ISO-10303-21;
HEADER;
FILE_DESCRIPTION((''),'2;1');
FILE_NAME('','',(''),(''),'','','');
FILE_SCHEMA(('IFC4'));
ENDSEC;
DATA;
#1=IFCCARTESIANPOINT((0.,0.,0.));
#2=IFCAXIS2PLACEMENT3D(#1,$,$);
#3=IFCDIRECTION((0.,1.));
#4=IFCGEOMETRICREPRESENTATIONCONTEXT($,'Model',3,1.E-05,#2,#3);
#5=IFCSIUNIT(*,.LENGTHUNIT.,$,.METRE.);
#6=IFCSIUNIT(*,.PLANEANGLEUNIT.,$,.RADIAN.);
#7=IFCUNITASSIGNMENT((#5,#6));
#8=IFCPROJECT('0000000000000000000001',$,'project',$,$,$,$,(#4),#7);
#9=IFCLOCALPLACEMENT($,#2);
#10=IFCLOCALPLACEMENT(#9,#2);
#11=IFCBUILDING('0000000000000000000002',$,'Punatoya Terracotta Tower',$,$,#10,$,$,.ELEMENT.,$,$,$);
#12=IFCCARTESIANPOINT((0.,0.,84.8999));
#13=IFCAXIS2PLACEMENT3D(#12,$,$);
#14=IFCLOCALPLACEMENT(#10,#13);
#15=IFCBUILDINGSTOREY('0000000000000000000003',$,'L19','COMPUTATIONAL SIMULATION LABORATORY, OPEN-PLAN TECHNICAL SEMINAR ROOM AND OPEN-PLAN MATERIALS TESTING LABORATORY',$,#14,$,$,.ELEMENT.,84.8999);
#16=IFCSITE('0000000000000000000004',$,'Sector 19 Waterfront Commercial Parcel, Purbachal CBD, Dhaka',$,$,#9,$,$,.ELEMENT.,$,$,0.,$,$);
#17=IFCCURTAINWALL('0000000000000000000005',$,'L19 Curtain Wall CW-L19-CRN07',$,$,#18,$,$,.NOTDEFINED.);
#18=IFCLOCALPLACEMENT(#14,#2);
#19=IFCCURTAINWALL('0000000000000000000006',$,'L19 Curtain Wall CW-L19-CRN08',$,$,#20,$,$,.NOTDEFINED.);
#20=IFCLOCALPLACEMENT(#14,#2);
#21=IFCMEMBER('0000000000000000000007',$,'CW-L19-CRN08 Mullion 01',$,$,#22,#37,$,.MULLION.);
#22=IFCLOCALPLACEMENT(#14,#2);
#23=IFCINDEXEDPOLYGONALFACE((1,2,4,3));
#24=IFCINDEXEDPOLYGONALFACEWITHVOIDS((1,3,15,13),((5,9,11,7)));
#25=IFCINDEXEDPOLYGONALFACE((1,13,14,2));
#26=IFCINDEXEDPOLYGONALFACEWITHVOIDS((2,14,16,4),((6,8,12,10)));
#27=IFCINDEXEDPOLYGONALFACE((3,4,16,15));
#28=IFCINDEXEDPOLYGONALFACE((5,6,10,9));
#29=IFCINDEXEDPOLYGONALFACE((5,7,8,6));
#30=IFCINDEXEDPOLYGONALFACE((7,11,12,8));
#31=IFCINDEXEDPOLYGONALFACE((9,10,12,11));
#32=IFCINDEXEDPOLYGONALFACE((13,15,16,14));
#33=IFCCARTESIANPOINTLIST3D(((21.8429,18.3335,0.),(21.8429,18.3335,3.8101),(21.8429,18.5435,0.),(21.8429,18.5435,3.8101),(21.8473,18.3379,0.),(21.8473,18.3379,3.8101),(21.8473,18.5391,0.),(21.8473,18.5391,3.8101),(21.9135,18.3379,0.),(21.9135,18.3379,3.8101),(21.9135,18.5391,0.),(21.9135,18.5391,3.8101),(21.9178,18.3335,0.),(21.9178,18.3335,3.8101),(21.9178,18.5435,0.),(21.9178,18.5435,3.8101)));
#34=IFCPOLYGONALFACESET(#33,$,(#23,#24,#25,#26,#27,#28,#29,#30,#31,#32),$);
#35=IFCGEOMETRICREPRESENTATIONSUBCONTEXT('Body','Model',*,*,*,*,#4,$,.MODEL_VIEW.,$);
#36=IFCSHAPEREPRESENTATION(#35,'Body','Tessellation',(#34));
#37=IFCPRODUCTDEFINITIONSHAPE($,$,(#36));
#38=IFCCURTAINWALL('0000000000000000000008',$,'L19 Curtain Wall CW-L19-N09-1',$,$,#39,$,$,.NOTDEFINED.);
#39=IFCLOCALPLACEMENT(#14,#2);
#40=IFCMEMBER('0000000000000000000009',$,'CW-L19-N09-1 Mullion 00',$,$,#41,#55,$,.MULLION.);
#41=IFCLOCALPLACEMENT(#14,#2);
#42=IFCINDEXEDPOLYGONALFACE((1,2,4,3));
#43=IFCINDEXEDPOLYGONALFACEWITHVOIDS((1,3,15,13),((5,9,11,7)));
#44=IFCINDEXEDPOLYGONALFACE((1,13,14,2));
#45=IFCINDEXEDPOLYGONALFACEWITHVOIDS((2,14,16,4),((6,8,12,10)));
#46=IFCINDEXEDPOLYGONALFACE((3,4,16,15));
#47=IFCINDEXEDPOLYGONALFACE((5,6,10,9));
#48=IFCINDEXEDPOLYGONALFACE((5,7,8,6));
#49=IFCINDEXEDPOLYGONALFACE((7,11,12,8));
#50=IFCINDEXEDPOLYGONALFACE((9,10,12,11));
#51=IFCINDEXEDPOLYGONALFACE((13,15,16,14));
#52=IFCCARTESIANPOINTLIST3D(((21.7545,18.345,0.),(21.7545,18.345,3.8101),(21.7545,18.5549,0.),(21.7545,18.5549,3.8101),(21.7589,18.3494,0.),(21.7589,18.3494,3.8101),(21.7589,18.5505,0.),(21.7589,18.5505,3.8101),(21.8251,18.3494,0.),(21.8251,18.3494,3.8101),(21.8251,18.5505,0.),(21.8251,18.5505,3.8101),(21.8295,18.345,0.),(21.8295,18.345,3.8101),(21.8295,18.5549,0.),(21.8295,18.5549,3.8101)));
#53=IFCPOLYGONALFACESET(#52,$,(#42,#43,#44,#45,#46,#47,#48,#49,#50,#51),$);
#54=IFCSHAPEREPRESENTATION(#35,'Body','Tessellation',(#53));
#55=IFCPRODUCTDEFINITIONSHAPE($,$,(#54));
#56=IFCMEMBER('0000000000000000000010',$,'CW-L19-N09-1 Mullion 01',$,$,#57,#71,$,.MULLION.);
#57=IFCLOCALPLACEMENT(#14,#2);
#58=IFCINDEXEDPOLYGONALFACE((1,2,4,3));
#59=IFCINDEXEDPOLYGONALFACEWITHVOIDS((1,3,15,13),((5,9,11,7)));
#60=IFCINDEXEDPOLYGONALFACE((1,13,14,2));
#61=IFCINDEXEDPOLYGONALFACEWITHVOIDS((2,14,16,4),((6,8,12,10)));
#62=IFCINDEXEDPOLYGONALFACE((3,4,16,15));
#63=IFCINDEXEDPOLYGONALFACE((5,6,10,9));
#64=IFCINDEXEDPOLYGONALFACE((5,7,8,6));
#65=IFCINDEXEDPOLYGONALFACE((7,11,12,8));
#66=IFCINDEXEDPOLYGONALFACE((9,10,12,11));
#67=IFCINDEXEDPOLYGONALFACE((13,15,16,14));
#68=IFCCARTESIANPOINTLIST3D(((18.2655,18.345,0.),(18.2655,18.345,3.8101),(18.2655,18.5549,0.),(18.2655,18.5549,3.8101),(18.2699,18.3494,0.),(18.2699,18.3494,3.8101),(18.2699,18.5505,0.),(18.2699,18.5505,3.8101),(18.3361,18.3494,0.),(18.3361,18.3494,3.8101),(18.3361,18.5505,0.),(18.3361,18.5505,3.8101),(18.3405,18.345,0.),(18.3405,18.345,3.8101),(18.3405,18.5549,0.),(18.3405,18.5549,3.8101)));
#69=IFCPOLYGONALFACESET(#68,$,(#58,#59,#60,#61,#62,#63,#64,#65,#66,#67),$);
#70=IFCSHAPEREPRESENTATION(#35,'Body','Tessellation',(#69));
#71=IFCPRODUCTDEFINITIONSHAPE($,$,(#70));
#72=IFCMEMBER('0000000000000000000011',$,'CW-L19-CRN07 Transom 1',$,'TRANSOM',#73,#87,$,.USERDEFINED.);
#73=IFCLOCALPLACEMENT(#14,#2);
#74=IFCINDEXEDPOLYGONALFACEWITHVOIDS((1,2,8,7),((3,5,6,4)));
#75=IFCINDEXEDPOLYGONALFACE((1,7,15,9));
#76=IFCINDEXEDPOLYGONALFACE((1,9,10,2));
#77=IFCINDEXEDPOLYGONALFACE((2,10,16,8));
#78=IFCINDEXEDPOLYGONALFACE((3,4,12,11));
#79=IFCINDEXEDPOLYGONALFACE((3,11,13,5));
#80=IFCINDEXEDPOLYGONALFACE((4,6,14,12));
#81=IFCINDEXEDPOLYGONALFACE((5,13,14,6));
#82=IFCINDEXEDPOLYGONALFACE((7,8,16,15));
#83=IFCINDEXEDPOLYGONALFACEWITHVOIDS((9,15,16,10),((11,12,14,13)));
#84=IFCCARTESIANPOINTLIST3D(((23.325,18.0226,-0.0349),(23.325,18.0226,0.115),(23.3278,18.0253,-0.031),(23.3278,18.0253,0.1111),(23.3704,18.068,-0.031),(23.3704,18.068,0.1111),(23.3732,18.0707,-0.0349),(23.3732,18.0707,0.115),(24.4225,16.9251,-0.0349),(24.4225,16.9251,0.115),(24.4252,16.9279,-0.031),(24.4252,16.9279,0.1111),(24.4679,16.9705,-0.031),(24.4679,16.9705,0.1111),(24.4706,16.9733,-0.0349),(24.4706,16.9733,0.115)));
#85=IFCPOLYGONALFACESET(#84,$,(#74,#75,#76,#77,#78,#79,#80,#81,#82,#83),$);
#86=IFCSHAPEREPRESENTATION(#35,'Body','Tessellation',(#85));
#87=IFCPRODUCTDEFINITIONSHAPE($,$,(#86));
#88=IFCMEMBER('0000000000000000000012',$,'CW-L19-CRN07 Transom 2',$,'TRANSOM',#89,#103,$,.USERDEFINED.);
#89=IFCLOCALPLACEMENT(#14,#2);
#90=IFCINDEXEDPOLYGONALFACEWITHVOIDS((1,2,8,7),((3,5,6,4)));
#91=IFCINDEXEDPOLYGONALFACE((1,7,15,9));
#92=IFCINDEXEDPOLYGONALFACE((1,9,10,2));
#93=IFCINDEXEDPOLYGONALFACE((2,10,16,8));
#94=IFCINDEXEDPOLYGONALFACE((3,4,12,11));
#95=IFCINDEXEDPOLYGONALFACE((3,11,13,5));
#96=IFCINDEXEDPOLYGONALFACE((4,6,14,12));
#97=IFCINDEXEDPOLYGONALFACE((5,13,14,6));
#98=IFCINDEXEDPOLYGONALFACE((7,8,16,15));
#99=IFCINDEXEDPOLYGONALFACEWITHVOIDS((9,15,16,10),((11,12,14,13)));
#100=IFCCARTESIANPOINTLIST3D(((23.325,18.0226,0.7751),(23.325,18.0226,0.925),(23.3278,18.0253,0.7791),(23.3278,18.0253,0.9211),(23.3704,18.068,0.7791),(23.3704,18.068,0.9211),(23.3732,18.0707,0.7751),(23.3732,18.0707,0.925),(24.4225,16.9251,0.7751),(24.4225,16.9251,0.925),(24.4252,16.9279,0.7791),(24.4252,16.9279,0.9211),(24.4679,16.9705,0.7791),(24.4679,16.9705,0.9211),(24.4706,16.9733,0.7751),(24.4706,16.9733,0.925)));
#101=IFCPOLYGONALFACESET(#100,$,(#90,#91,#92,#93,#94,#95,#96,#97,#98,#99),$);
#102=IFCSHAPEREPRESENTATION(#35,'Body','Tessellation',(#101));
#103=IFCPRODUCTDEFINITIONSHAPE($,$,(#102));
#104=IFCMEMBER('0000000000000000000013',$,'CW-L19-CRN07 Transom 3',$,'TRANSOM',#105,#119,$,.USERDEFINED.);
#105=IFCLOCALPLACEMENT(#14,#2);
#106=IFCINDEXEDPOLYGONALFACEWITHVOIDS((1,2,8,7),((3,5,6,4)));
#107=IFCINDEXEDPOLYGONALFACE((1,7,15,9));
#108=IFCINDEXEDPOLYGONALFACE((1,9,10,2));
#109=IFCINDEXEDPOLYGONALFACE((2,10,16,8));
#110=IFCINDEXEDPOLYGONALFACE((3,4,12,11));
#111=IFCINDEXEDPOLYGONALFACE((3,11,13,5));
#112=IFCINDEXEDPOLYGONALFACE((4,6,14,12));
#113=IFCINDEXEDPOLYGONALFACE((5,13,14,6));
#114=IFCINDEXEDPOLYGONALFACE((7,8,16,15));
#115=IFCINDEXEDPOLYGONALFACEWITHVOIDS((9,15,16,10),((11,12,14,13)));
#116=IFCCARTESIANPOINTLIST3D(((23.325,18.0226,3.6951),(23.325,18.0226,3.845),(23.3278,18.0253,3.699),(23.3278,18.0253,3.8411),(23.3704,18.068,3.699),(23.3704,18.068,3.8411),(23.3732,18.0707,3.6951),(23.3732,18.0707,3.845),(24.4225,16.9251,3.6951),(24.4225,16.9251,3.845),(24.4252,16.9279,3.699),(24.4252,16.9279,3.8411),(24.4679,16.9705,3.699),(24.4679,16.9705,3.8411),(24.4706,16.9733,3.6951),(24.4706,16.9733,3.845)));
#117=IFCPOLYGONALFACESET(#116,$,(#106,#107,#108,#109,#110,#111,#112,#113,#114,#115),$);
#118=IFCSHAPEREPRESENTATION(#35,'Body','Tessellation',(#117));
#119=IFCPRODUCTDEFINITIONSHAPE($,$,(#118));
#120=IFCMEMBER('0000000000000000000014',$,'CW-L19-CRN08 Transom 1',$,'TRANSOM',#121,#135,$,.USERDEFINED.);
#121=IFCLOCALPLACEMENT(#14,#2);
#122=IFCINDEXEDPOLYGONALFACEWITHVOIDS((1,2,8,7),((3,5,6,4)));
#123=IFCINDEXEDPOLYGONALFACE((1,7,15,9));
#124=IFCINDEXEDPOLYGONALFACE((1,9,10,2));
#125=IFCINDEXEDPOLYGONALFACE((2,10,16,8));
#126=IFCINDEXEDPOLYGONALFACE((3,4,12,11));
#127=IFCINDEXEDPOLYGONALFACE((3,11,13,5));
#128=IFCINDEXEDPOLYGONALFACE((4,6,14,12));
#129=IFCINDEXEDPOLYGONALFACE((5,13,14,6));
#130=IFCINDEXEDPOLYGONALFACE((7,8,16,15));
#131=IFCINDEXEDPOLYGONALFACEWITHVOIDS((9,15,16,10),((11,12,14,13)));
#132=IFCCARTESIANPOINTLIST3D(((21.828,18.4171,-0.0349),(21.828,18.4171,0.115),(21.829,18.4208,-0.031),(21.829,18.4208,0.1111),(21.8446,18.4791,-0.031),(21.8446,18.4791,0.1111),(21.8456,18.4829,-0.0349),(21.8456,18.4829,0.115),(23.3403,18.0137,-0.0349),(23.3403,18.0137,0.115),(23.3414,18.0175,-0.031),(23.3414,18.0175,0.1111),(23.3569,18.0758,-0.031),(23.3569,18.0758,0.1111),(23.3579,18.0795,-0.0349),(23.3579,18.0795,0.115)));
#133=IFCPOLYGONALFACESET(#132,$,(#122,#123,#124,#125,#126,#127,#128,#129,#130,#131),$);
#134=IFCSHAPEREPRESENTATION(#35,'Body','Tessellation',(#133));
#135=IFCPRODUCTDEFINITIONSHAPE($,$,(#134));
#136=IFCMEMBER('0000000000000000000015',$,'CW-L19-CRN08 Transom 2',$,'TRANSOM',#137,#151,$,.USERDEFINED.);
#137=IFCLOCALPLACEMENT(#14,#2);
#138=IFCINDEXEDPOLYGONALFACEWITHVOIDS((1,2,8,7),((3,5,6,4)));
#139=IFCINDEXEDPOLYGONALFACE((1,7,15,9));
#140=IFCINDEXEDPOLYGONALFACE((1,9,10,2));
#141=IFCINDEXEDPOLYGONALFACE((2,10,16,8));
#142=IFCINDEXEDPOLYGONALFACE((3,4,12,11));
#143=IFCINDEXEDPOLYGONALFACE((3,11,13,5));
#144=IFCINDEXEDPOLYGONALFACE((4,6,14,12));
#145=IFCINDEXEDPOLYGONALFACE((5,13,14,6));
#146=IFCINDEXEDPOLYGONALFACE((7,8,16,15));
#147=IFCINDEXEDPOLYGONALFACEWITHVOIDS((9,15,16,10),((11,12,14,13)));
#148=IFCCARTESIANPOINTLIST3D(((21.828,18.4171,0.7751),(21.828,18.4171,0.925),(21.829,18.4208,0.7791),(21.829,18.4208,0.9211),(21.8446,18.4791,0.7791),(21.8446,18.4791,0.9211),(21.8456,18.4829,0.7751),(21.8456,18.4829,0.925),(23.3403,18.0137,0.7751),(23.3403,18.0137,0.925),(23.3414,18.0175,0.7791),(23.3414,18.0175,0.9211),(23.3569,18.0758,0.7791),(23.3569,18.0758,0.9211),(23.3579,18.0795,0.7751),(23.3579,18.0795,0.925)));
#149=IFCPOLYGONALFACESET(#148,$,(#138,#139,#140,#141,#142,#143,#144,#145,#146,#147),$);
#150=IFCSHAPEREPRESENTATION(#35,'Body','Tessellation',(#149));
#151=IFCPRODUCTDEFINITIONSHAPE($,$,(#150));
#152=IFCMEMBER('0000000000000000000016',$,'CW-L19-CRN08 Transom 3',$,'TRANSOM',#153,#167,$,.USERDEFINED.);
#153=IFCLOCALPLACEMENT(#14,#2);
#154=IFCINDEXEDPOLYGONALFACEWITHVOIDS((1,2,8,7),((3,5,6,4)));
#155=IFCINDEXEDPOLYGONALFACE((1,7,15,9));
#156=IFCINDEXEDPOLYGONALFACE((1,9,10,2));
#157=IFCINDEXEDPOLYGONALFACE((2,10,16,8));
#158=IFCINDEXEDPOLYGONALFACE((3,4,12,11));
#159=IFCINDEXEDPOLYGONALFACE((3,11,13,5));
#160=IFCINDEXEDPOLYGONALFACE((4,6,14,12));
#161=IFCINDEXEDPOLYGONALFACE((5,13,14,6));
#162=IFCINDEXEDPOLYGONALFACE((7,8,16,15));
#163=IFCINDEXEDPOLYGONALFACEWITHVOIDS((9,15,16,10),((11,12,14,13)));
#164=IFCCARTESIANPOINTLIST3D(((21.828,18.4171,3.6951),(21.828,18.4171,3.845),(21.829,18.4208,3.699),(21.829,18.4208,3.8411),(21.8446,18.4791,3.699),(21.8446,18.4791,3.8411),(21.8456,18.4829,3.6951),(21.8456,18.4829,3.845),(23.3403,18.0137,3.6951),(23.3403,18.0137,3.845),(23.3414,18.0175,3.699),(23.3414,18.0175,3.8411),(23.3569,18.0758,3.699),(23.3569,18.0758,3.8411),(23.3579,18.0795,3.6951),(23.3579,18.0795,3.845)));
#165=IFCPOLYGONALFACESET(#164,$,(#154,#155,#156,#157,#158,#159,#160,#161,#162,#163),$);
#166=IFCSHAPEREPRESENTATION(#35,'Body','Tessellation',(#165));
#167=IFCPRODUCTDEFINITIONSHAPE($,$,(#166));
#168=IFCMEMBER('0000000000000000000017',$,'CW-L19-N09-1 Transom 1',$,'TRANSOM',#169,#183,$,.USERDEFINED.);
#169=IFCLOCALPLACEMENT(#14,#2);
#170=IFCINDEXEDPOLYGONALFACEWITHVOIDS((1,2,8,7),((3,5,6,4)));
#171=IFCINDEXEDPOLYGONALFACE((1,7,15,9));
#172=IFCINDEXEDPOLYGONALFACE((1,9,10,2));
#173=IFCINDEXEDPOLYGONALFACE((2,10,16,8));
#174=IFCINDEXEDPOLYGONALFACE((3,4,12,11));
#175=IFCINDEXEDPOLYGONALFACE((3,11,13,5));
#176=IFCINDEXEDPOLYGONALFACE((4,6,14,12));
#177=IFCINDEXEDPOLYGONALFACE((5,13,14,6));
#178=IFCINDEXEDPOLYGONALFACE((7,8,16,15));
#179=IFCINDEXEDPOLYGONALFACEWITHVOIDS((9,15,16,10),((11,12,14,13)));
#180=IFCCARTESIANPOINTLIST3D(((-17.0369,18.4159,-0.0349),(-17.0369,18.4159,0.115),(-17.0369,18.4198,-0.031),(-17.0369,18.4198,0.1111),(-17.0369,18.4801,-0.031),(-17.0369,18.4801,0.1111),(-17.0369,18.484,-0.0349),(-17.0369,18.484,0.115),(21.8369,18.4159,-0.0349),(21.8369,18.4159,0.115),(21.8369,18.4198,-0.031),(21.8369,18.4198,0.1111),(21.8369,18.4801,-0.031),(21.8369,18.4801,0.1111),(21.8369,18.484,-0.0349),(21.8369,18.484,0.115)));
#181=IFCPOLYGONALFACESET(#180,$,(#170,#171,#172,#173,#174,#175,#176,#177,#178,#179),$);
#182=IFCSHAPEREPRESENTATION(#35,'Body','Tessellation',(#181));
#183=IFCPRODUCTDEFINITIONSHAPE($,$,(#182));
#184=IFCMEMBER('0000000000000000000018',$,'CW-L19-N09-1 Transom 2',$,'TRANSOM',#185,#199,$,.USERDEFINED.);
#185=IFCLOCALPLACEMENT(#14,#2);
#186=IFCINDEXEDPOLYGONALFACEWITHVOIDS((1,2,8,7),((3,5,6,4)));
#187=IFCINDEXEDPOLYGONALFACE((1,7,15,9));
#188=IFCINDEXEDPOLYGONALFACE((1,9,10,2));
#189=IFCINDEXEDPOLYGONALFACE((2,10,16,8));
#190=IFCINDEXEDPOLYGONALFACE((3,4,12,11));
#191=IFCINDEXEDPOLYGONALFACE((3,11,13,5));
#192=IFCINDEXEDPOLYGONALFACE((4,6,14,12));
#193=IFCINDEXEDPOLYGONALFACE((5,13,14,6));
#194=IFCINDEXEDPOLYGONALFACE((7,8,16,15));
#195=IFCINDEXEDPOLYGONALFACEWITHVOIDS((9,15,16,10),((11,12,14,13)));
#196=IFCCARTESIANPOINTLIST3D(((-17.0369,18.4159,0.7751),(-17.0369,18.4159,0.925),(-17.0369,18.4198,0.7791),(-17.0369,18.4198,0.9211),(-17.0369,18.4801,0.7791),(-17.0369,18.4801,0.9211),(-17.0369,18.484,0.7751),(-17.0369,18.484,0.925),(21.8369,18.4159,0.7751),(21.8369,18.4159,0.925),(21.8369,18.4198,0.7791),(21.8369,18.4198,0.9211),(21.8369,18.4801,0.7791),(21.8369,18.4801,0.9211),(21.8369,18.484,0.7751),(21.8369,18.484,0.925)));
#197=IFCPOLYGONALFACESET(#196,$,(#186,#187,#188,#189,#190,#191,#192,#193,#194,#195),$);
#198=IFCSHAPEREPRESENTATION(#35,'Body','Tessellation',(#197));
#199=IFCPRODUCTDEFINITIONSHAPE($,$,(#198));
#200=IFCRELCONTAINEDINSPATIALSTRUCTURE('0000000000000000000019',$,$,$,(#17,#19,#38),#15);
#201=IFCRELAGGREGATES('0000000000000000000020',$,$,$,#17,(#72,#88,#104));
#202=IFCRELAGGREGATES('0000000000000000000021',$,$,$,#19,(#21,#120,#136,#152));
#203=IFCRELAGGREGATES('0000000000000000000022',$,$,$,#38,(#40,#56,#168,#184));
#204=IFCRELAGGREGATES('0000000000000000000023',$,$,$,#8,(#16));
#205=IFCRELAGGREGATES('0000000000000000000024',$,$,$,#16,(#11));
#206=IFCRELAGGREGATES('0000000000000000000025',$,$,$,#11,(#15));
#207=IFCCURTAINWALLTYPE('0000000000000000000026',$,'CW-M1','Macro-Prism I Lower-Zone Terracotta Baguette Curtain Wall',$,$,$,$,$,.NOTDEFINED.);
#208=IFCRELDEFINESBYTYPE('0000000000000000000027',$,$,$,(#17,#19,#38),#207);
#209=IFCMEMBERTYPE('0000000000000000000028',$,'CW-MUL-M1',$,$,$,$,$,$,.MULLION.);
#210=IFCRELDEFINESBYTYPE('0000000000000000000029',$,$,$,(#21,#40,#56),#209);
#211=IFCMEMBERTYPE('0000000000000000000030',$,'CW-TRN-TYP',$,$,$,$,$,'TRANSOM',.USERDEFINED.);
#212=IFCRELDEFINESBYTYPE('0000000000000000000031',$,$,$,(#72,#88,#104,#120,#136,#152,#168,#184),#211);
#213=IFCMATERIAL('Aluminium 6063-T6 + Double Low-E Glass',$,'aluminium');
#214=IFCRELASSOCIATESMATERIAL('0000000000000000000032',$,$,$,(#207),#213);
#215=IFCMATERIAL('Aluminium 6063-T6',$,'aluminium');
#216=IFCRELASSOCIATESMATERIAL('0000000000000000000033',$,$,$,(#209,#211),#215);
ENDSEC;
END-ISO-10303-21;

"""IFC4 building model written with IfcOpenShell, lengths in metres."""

from ifc_helpers import new_model, si_unit, direction, frame, origin, origin_2d, place, context, subcontext, project, spatial, hollow_rectangle, extrude, material, material_profile, profile_set, type_object, element, aggregate, save


model = new_model("IFC4")

# Units and contexts
model_context = context("Model", 3, precision=1e-05, world=origin(), true_north=direction((0.0, 1.0)))
body_context = subcontext(model_context, "Body", "Model", "MODEL_VIEW")
ifc_project = project(units=[si_unit("LENGTHUNIT", "METRE"), si_unit("PLANEANGLEUNIT", "RADIAN")], contexts=[model_context])

# Site, building, storey
site_placement = place(None, origin())
site = spatial("IfcSite", under=ifc_project, at=site_placement, Name="Sector 19 Waterfront Commercial Parcel, Purbachal CBD, Dhaka", CompositionType="ELEMENT", RefElevation=0.0)
building_placement = place(site_placement, origin())
building = spatial("IfcBuilding", under=site, at=building_placement, Name="Punatoya Terracotta Tower", CompositionType="ELEMENT")
storey_placement = place(building_placement, frame((0.0, 0.0, 84.8999)))
storey = spatial("IfcBuildingStorey", under=building, at=storey_placement, Name="L19", Description="COMPUTATIONAL SIMULATION LABORATORY, OPEN-PLAN TECHNICAL SEMINAR ROOM AND OPEN-PLAN MATERIALS TESTING LABORATORY", CompositionType="ELEMENT", Elevation=84.8999)

# Shared definitions
ifc_material_1 = material(Name="Aluminium 6063-T6 + Double Low-E Glass", Category="aluminium")
curtain_wall_type = type_object("IfcCurtainWallType", Name="CW-M1", Description="Macro-Prism I Lower-Zone Terracotta Baguette Curtain Wall", PredefinedType="NOTDEFINED", material=ifc_material_1)
ifc_material_2 = material(Name="Aluminium 6063-T6", Category="aluminium")
ifc_material_profile_1 = material_profile(ifc_material_2, hollow_rectangle(XDim=0.075, YDim=0.21, WallThickness=0.0044, at=origin_2d()))
ifc_profile_set_1 = profile_set([ifc_material_profile_1], Name="Aluminium 6063-T6")
member_type_1 = type_object("IfcMemberType", Name="CW-MUL-M1", PredefinedType="MULLION", material=ifc_profile_set_1)

# Curtain walls, members
curtain_wall_1_placement = place(storey_placement, origin())
curtain_wall_1 = element("IfcCurtainWall", 1, at=curtain_wall_1_placement, inside=storey, type_object=curtain_wall_type, Name="L19 Curtain Wall CW-L19-CRN07", PredefinedType="NOTDEFINED")
curtain_wall_2_placement = place(storey_placement, origin())
curtain_wall_2 = element("IfcCurtainWall", 2, at=curtain_wall_2_placement, inside=storey, type_object=curtain_wall_type, Name="L19 Curtain Wall CW-L19-CRN08", PredefinedType="NOTDEFINED")
member_1_placement = place(storey_placement, frame((21.8804, 18.4385, 0.0), z_axis=(0.0, 0.0, 1.0), x_axis=(1.0, 0.0, 0.0)))
member_1 = element("IfcMember", 3, at=member_1_placement, type_object=member_type_1, Name="CW-L19-CRN08 Mullion 01", PredefinedType="MULLION", context=body_context, shape_type="SweptSolid", body=[
    extrude(hollow_rectangle(XDim=0.075, YDim=0.21, WallThickness=0.0044, at=origin_2d()), origin(), (0.0, 0.0, 1.0), 3.8101),
])
curtain_wall_3_placement = place(storey_placement, origin())
curtain_wall_3 = element("IfcCurtainWall", 4, at=curtain_wall_3_placement, inside=storey, type_object=curtain_wall_type, Name="L19 Curtain Wall CW-L19-N09-1", PredefinedType="NOTDEFINED")
member_2_placement = place(storey_placement, frame((21.792, 18.45, 0.0), z_axis=(0.0, 0.0, 1.0), x_axis=(1.0, 0.0, 0.0)))
member_2 = element("IfcMember", 5, at=member_2_placement, type_object=member_type_1, Name="CW-L19-N09-1 Mullion 00", PredefinedType="MULLION", context=body_context, shape_type="SweptSolid", body=[
    extrude(hollow_rectangle(XDim=0.075, YDim=0.21, WallThickness=0.0044, at=origin_2d()), origin(), (0.0, 0.0, 1.0), 3.8101),
])
member_3_placement = place(storey_placement, frame((18.303, 18.45, 0.0), z_axis=(0.0, 0.0, 1.0), x_axis=(1.0, 0.0, 0.0)))
member_3 = element("IfcMember", 6, at=member_3_placement, type_object=member_type_1, Name="CW-L19-N09-1 Mullion 01", PredefinedType="MULLION", context=body_context, shape_type="SweptSolid", body=[
    extrude(hollow_rectangle(XDim=0.075, YDim=0.21, WallThickness=0.0044, at=origin_2d()), origin(), (0.0, 0.0, 1.0), 3.8101),
])

# Members
ifc_material_profile_2 = material_profile(ifc_material_2, hollow_rectangle(XDim=0.0681, YDim=0.1499, WallThickness=0.0039, at=origin_2d()))
ifc_profile_set_2 = profile_set([ifc_material_profile_2], Name="Aluminium 6063-T6")
member_type_2 = type_object("IfcMemberType", Name="CW-TRN-TYP", ElementType="TRANSOM", PredefinedType="USERDEFINED", material=ifc_profile_set_2)
member_4_placement = place(storey_placement, frame((24.4465, 16.9492, 0.04), z_axis=(-0.707107, 0.707107, 0.0), x_axis=(-0.707107, -0.707107, 0.0)))
member_4 = element("IfcMember", 7, at=member_4_placement, type_object=member_type_2, Name="CW-L19-CRN07 Transom 1", ObjectType="TRANSOM", PredefinedType="USERDEFINED", context=body_context, shape_type="SweptSolid", body=[
    extrude(hollow_rectangle(XDim=0.0681, YDim=0.1499, WallThickness=0.0039, at=origin_2d()), origin(), (0.0, 0.0, 1.0), 1.552),
])
member_5_placement = place(storey_placement, frame((24.4465, 16.9492, 0.8501), z_axis=(-0.707107, 0.707107, 0.0), x_axis=(-0.707107, -0.707107, 0.0)))
member_5 = element("IfcMember", 8, at=member_5_placement, type_object=member_type_2, Name="CW-L19-CRN07 Transom 2", ObjectType="TRANSOM", PredefinedType="USERDEFINED", context=body_context, shape_type="SweptSolid", body=[
    extrude(hollow_rectangle(XDim=0.0681, YDim=0.1499, WallThickness=0.0039, at=origin_2d()), origin(), (0.0, 0.0, 1.0), 1.552),
])
member_6_placement = place(storey_placement, frame((24.4465, 16.9492, 3.77), z_axis=(-0.707107, 0.707107, 0.0), x_axis=(-0.707107, -0.707107, 0.0)))
member_6 = element("IfcMember", 9, at=member_6_placement, type_object=member_type_2, Name="CW-L19-CRN07 Transom 3", ObjectType="TRANSOM", PredefinedType="USERDEFINED", context=body_context, shape_type="SweptSolid", body=[
    extrude(hollow_rectangle(XDim=0.0681, YDim=0.1499, WallThickness=0.0039, at=origin_2d()), origin(), (0.0, 0.0, 1.0), 1.552),
])
member_7_placement = place(storey_placement, frame((23.3491, 18.0466, 0.04), z_axis=(-0.966225, 0.257701, 0.0), x_axis=(-0.257701, -0.966225, 0.0)))
member_7 = element("IfcMember", 10, at=member_7_placement, type_object=member_type_2, Name="CW-L19-CRN08 Transom 1", ObjectType="TRANSOM", PredefinedType="USERDEFINED", context=body_context, shape_type="SweptSolid", body=[
    extrude(hollow_rectangle(XDim=0.0681, YDim=0.1499, WallThickness=0.0039, at=origin_2d()), origin(), (0.0, 0.0, 1.0), 1.5652),
])
member_8_placement = place(storey_placement, frame((23.3491, 18.0466, 0.8501), z_axis=(-0.966225, 0.257701, 0.0), x_axis=(-0.257701, -0.966225, 0.0)))
member_8 = element("IfcMember", 11, at=member_8_placement, type_object=member_type_2, Name="CW-L19-CRN08 Transom 2", ObjectType="TRANSOM", PredefinedType="USERDEFINED", context=body_context, shape_type="SweptSolid", body=[
    extrude(hollow_rectangle(XDim=0.0681, YDim=0.1499, WallThickness=0.0039, at=origin_2d()), origin(), (0.0, 0.0, 1.0), 1.5652),
])
member_9_placement = place(storey_placement, frame((23.3491, 18.0466, 3.77), z_axis=(-0.966225, 0.257701, 0.0), x_axis=(-0.257701, -0.966225, 0.0)))
member_9 = element("IfcMember", 12, at=member_9_placement, type_object=member_type_2, Name="CW-L19-CRN08 Transom 3", ObjectType="TRANSOM", PredefinedType="USERDEFINED", context=body_context, shape_type="SweptSolid", body=[
    extrude(hollow_rectangle(XDim=0.0681, YDim=0.1499, WallThickness=0.0039, at=origin_2d()), origin(), (0.0, 0.0, 1.0), 1.5652),
])
member_10_placement = place(storey_placement, frame((21.8369, 18.45, 0.04), z_axis=(-1.0, 0.0, 0.0), x_axis=(0.0, -1.0, 0.0)))
member_10 = element("IfcMember", 13, at=member_10_placement, type_object=member_type_2, Name="CW-L19-N09-1 Transom 1", ObjectType="TRANSOM", PredefinedType="USERDEFINED", context=body_context, shape_type="SweptSolid", body=[
    extrude(hollow_rectangle(XDim=0.0681, YDim=0.1499, WallThickness=0.0039, at=origin_2d()), origin(), (0.0, 0.0, 1.0), 38.8738),
])
member_11_placement = place(storey_placement, frame((21.8369, 18.45, 0.8501), z_axis=(-1.0, 0.0, 0.0), x_axis=(0.0, -1.0, 0.0)))
member_11 = element("IfcMember", 14, at=member_11_placement, type_object=member_type_2, Name="CW-L19-N09-1 Transom 2", ObjectType="TRANSOM", PredefinedType="USERDEFINED", context=body_context, shape_type="SweptSolid", body=[
    extrude(hollow_rectangle(XDim=0.0681, YDim=0.1499, WallThickness=0.0039, at=origin_2d()), origin(), (0.0, 0.0, 1.0), 38.8738),
])

aggregate(curtain_wall_1, [member_4, member_5, member_6])
aggregate(curtain_wall_2, [member_1, member_7, member_8, member_9])
aggregate(curtain_wall_3, [member_2, member_3, member_10, member_11])

save(model, "model.ifc")
